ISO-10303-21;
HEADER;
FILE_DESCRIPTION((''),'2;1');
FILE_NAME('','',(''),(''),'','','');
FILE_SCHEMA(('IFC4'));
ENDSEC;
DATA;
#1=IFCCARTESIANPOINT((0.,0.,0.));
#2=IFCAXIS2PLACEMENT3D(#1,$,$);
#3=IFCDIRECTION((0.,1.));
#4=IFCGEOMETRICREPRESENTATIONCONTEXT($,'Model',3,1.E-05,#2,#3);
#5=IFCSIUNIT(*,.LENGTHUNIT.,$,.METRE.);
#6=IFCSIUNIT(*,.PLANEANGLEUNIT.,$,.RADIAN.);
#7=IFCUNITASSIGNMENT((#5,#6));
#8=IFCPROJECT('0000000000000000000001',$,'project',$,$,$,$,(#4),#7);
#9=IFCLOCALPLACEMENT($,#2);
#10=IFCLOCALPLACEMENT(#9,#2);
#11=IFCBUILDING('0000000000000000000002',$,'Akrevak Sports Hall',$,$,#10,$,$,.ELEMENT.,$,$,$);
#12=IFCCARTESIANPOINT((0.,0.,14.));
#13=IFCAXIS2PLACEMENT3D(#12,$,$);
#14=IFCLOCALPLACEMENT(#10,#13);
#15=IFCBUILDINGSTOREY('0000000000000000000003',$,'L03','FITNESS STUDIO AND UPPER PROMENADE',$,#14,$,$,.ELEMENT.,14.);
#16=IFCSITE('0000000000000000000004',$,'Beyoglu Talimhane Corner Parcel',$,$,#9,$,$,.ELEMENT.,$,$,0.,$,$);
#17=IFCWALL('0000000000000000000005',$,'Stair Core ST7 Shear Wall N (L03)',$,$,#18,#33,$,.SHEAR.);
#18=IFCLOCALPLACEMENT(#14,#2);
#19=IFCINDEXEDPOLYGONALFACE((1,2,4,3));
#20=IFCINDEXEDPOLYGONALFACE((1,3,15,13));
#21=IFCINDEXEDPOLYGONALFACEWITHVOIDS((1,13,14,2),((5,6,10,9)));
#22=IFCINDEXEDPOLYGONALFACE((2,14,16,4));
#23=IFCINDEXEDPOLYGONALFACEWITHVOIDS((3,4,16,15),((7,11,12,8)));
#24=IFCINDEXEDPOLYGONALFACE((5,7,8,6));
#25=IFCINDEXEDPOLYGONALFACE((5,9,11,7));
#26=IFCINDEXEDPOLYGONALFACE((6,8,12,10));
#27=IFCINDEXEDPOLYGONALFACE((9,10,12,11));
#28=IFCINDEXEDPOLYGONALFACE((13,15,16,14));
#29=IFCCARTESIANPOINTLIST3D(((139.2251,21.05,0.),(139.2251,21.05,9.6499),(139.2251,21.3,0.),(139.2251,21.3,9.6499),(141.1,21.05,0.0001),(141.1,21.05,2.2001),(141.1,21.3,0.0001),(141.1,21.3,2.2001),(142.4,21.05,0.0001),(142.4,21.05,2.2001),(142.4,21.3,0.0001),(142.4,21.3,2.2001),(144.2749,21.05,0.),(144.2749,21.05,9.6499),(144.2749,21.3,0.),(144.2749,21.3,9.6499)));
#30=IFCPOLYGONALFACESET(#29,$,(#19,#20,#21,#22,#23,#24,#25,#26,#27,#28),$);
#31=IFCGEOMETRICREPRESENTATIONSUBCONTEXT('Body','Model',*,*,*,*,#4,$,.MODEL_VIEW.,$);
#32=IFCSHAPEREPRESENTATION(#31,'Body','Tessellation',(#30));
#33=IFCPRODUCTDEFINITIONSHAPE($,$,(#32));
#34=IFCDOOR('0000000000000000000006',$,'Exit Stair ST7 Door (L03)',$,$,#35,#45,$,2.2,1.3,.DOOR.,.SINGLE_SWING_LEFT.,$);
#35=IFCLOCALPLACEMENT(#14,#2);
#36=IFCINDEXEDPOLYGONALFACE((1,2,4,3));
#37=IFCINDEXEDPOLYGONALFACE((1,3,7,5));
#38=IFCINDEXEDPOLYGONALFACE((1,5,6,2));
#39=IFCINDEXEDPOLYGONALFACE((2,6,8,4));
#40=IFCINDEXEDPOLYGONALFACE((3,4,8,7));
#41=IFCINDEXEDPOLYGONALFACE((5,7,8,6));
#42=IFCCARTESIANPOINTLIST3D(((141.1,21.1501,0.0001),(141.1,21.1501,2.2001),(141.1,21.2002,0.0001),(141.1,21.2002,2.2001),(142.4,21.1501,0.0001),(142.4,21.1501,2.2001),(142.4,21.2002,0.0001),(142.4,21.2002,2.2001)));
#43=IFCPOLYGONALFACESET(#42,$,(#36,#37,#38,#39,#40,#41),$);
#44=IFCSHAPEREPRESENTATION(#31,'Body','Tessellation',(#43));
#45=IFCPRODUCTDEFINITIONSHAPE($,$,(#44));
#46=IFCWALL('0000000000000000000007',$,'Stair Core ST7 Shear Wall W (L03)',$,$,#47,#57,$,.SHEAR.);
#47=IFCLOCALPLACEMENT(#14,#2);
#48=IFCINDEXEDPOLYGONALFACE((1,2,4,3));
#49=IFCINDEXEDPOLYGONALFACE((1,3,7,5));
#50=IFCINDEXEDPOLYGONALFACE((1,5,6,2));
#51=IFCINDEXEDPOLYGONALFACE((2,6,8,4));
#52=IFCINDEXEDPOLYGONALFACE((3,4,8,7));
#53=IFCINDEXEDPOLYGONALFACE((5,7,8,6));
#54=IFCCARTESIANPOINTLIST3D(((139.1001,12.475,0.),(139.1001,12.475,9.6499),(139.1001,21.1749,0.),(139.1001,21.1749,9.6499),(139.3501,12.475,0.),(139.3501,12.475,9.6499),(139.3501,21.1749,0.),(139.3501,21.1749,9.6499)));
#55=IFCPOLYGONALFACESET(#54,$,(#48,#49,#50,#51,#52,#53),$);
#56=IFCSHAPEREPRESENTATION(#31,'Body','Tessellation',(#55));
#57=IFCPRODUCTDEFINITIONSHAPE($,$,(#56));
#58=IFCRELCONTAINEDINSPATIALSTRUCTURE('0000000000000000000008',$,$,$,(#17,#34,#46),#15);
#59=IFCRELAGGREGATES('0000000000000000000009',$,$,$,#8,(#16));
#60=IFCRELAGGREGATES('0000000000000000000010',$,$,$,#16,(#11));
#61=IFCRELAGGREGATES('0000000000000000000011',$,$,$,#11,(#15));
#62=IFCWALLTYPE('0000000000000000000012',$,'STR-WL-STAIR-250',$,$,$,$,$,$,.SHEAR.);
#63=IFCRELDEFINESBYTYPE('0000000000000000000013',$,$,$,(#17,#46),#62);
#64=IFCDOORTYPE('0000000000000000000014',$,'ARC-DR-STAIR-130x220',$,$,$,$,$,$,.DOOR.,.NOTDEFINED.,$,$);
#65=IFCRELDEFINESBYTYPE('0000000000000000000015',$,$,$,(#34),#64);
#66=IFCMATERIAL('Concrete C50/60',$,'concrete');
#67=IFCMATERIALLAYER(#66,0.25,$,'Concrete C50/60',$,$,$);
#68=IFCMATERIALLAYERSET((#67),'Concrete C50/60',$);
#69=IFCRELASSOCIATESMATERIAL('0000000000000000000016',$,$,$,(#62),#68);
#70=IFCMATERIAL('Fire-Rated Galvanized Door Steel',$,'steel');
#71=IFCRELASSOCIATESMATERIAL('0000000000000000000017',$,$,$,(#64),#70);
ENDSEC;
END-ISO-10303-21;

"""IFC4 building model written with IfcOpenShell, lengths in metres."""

from ifc_helpers import new_model, si_unit, direction, frame, frame_2d, origin, place, context, subcontext, project, spatial, rectangle, extrude, material, layer, layer_set, type_object, element, fill, save


model = new_model("IFC4")

# Units and contexts
model_context = context("Model", 3, precision=1e-05, world=origin(), true_north=direction((0.0, 1.0)))
body_context = subcontext(model_context, "Body", "Model", "MODEL_VIEW")
ifc_project = project(units=[si_unit("LENGTHUNIT", "METRE"), si_unit("PLANEANGLEUNIT", "RADIAN")], contexts=[model_context])

# Site, building, storey
site_placement = place(None, origin())
site = spatial("IfcSite", under=ifc_project, at=site_placement, Name="Beyoglu Talimhane Corner Parcel", CompositionType="ELEMENT", RefElevation=0.0)
building_placement = place(site_placement, origin())
building = spatial("IfcBuilding", under=site, at=building_placement, Name="Akrevak Sports Hall", CompositionType="ELEMENT")
storey_placement = place(building_placement, frame((0.0, 0.0, 14.0)))
storey = spatial("IfcBuildingStorey", under=building, at=storey_placement, Name="L03", Description="FITNESS STUDIO AND UPPER PROMENADE", CompositionType="ELEMENT", Elevation=14.0)

# Shared definitions
ifc_material_1 = material(Name="Concrete C50/60", Category="concrete")

# Wall, opening, door
ifc_layer_1 = layer(ifc_material_1, 0.25, Name="Concrete C50/60")
ifc_layer_set_1 = layer_set([ifc_layer_1], Name="Concrete C50/60")
wall_type = type_object("IfcWallType", Name="STR-WL-STAIR-250", PredefinedType="SHEAR", material=ifc_layer_set_1)
wall_1_placement = place(storey_placement, frame((144.2749, 21.175, 0.0), z_axis=(0.0, 0.0, 1.0), x_axis=(-1.0, 0.0, 0.0)))
wall_1 = element("IfcWall", 1, at=wall_1_placement, inside=storey, type_object=wall_type, Name="Stair Core ST7 Shear Wall N (L03)", PredefinedType="SHEAR", context=body_context, shape_type="SweptSolid", body=[
    extrude(rectangle(XDim=5.0498, YDim=0.25, at=frame_2d((2.5249, 0.0))), origin(), (0.0, 0.0, 1.0), 9.6499),
])
opening_placement = place(wall_1_placement, frame((1.875, 0.0, 0.0)))
opening = element("IfcOpeningElement", 2, at=opening_placement, cuts=wall_1, PredefinedType="OPENING", context=body_context, shape_type="SweptSolid", body=[
    extrude(rectangle(XDim=1.3, YDim=2.2, at=frame_2d((0.6499, 1.1001))), frame((0.0, 0.137, 0.0), z_axis=(0.0, -1.0, 0.0), x_axis=(1.0, 0.0, 0.0)), (0.0, 0.0, 1.0), 0.2739),
])
ifc_material_2 = material(Name="Fire-Rated Galvanized Door Steel", Category="steel")
door_type = type_object("IfcDoorType", Name="ARC-DR-STAIR-130x220", OperationType="NOTDEFINED", PredefinedType="DOOR", material=ifc_material_2)
door_placement = place(opening_placement, origin())
door = element("IfcDoor", 3, at=door_placement, inside=storey, type_object=door_type, Name="Exit Stair ST7 Door (L03)", OperationType="SINGLE_SWING_LEFT", OverallHeight=2.2, OverallWidth=1.3, PredefinedType="DOOR", context=body_context, shape_type="SweptSolid", body=[
    extrude(rectangle(XDim=1.3, YDim=2.2, at=frame_2d((0.6499, 1.1001))), frame((0.0, 0.0249, 0.0), z_axis=(0.0, -1.0, 0.0), x_axis=(1.0, 0.0, 0.0)), (0.0, 0.0, 1.0), 0.05),
])
fill(opening, door)

# Wall
wall_2_placement = place(storey_placement, frame((139.2251, 21.175, 0.0), z_axis=(0.0, 0.0, 1.0), x_axis=(0.0, -1.0, 0.0)))
element("IfcWall", 4, at=wall_2_placement, inside=storey, type_object=wall_type, Name="Stair Core ST7 Shear Wall W (L03)", PredefinedType="SHEAR", context=body_context, shape_type="SweptSolid", body=[
    extrude(rectangle(XDim=8.7, YDim=0.25, at=frame_2d((4.3501, 0.0))), origin(), (0.0, 0.0, 1.0), 9.6499),
])

save(model, "model.ifc")
